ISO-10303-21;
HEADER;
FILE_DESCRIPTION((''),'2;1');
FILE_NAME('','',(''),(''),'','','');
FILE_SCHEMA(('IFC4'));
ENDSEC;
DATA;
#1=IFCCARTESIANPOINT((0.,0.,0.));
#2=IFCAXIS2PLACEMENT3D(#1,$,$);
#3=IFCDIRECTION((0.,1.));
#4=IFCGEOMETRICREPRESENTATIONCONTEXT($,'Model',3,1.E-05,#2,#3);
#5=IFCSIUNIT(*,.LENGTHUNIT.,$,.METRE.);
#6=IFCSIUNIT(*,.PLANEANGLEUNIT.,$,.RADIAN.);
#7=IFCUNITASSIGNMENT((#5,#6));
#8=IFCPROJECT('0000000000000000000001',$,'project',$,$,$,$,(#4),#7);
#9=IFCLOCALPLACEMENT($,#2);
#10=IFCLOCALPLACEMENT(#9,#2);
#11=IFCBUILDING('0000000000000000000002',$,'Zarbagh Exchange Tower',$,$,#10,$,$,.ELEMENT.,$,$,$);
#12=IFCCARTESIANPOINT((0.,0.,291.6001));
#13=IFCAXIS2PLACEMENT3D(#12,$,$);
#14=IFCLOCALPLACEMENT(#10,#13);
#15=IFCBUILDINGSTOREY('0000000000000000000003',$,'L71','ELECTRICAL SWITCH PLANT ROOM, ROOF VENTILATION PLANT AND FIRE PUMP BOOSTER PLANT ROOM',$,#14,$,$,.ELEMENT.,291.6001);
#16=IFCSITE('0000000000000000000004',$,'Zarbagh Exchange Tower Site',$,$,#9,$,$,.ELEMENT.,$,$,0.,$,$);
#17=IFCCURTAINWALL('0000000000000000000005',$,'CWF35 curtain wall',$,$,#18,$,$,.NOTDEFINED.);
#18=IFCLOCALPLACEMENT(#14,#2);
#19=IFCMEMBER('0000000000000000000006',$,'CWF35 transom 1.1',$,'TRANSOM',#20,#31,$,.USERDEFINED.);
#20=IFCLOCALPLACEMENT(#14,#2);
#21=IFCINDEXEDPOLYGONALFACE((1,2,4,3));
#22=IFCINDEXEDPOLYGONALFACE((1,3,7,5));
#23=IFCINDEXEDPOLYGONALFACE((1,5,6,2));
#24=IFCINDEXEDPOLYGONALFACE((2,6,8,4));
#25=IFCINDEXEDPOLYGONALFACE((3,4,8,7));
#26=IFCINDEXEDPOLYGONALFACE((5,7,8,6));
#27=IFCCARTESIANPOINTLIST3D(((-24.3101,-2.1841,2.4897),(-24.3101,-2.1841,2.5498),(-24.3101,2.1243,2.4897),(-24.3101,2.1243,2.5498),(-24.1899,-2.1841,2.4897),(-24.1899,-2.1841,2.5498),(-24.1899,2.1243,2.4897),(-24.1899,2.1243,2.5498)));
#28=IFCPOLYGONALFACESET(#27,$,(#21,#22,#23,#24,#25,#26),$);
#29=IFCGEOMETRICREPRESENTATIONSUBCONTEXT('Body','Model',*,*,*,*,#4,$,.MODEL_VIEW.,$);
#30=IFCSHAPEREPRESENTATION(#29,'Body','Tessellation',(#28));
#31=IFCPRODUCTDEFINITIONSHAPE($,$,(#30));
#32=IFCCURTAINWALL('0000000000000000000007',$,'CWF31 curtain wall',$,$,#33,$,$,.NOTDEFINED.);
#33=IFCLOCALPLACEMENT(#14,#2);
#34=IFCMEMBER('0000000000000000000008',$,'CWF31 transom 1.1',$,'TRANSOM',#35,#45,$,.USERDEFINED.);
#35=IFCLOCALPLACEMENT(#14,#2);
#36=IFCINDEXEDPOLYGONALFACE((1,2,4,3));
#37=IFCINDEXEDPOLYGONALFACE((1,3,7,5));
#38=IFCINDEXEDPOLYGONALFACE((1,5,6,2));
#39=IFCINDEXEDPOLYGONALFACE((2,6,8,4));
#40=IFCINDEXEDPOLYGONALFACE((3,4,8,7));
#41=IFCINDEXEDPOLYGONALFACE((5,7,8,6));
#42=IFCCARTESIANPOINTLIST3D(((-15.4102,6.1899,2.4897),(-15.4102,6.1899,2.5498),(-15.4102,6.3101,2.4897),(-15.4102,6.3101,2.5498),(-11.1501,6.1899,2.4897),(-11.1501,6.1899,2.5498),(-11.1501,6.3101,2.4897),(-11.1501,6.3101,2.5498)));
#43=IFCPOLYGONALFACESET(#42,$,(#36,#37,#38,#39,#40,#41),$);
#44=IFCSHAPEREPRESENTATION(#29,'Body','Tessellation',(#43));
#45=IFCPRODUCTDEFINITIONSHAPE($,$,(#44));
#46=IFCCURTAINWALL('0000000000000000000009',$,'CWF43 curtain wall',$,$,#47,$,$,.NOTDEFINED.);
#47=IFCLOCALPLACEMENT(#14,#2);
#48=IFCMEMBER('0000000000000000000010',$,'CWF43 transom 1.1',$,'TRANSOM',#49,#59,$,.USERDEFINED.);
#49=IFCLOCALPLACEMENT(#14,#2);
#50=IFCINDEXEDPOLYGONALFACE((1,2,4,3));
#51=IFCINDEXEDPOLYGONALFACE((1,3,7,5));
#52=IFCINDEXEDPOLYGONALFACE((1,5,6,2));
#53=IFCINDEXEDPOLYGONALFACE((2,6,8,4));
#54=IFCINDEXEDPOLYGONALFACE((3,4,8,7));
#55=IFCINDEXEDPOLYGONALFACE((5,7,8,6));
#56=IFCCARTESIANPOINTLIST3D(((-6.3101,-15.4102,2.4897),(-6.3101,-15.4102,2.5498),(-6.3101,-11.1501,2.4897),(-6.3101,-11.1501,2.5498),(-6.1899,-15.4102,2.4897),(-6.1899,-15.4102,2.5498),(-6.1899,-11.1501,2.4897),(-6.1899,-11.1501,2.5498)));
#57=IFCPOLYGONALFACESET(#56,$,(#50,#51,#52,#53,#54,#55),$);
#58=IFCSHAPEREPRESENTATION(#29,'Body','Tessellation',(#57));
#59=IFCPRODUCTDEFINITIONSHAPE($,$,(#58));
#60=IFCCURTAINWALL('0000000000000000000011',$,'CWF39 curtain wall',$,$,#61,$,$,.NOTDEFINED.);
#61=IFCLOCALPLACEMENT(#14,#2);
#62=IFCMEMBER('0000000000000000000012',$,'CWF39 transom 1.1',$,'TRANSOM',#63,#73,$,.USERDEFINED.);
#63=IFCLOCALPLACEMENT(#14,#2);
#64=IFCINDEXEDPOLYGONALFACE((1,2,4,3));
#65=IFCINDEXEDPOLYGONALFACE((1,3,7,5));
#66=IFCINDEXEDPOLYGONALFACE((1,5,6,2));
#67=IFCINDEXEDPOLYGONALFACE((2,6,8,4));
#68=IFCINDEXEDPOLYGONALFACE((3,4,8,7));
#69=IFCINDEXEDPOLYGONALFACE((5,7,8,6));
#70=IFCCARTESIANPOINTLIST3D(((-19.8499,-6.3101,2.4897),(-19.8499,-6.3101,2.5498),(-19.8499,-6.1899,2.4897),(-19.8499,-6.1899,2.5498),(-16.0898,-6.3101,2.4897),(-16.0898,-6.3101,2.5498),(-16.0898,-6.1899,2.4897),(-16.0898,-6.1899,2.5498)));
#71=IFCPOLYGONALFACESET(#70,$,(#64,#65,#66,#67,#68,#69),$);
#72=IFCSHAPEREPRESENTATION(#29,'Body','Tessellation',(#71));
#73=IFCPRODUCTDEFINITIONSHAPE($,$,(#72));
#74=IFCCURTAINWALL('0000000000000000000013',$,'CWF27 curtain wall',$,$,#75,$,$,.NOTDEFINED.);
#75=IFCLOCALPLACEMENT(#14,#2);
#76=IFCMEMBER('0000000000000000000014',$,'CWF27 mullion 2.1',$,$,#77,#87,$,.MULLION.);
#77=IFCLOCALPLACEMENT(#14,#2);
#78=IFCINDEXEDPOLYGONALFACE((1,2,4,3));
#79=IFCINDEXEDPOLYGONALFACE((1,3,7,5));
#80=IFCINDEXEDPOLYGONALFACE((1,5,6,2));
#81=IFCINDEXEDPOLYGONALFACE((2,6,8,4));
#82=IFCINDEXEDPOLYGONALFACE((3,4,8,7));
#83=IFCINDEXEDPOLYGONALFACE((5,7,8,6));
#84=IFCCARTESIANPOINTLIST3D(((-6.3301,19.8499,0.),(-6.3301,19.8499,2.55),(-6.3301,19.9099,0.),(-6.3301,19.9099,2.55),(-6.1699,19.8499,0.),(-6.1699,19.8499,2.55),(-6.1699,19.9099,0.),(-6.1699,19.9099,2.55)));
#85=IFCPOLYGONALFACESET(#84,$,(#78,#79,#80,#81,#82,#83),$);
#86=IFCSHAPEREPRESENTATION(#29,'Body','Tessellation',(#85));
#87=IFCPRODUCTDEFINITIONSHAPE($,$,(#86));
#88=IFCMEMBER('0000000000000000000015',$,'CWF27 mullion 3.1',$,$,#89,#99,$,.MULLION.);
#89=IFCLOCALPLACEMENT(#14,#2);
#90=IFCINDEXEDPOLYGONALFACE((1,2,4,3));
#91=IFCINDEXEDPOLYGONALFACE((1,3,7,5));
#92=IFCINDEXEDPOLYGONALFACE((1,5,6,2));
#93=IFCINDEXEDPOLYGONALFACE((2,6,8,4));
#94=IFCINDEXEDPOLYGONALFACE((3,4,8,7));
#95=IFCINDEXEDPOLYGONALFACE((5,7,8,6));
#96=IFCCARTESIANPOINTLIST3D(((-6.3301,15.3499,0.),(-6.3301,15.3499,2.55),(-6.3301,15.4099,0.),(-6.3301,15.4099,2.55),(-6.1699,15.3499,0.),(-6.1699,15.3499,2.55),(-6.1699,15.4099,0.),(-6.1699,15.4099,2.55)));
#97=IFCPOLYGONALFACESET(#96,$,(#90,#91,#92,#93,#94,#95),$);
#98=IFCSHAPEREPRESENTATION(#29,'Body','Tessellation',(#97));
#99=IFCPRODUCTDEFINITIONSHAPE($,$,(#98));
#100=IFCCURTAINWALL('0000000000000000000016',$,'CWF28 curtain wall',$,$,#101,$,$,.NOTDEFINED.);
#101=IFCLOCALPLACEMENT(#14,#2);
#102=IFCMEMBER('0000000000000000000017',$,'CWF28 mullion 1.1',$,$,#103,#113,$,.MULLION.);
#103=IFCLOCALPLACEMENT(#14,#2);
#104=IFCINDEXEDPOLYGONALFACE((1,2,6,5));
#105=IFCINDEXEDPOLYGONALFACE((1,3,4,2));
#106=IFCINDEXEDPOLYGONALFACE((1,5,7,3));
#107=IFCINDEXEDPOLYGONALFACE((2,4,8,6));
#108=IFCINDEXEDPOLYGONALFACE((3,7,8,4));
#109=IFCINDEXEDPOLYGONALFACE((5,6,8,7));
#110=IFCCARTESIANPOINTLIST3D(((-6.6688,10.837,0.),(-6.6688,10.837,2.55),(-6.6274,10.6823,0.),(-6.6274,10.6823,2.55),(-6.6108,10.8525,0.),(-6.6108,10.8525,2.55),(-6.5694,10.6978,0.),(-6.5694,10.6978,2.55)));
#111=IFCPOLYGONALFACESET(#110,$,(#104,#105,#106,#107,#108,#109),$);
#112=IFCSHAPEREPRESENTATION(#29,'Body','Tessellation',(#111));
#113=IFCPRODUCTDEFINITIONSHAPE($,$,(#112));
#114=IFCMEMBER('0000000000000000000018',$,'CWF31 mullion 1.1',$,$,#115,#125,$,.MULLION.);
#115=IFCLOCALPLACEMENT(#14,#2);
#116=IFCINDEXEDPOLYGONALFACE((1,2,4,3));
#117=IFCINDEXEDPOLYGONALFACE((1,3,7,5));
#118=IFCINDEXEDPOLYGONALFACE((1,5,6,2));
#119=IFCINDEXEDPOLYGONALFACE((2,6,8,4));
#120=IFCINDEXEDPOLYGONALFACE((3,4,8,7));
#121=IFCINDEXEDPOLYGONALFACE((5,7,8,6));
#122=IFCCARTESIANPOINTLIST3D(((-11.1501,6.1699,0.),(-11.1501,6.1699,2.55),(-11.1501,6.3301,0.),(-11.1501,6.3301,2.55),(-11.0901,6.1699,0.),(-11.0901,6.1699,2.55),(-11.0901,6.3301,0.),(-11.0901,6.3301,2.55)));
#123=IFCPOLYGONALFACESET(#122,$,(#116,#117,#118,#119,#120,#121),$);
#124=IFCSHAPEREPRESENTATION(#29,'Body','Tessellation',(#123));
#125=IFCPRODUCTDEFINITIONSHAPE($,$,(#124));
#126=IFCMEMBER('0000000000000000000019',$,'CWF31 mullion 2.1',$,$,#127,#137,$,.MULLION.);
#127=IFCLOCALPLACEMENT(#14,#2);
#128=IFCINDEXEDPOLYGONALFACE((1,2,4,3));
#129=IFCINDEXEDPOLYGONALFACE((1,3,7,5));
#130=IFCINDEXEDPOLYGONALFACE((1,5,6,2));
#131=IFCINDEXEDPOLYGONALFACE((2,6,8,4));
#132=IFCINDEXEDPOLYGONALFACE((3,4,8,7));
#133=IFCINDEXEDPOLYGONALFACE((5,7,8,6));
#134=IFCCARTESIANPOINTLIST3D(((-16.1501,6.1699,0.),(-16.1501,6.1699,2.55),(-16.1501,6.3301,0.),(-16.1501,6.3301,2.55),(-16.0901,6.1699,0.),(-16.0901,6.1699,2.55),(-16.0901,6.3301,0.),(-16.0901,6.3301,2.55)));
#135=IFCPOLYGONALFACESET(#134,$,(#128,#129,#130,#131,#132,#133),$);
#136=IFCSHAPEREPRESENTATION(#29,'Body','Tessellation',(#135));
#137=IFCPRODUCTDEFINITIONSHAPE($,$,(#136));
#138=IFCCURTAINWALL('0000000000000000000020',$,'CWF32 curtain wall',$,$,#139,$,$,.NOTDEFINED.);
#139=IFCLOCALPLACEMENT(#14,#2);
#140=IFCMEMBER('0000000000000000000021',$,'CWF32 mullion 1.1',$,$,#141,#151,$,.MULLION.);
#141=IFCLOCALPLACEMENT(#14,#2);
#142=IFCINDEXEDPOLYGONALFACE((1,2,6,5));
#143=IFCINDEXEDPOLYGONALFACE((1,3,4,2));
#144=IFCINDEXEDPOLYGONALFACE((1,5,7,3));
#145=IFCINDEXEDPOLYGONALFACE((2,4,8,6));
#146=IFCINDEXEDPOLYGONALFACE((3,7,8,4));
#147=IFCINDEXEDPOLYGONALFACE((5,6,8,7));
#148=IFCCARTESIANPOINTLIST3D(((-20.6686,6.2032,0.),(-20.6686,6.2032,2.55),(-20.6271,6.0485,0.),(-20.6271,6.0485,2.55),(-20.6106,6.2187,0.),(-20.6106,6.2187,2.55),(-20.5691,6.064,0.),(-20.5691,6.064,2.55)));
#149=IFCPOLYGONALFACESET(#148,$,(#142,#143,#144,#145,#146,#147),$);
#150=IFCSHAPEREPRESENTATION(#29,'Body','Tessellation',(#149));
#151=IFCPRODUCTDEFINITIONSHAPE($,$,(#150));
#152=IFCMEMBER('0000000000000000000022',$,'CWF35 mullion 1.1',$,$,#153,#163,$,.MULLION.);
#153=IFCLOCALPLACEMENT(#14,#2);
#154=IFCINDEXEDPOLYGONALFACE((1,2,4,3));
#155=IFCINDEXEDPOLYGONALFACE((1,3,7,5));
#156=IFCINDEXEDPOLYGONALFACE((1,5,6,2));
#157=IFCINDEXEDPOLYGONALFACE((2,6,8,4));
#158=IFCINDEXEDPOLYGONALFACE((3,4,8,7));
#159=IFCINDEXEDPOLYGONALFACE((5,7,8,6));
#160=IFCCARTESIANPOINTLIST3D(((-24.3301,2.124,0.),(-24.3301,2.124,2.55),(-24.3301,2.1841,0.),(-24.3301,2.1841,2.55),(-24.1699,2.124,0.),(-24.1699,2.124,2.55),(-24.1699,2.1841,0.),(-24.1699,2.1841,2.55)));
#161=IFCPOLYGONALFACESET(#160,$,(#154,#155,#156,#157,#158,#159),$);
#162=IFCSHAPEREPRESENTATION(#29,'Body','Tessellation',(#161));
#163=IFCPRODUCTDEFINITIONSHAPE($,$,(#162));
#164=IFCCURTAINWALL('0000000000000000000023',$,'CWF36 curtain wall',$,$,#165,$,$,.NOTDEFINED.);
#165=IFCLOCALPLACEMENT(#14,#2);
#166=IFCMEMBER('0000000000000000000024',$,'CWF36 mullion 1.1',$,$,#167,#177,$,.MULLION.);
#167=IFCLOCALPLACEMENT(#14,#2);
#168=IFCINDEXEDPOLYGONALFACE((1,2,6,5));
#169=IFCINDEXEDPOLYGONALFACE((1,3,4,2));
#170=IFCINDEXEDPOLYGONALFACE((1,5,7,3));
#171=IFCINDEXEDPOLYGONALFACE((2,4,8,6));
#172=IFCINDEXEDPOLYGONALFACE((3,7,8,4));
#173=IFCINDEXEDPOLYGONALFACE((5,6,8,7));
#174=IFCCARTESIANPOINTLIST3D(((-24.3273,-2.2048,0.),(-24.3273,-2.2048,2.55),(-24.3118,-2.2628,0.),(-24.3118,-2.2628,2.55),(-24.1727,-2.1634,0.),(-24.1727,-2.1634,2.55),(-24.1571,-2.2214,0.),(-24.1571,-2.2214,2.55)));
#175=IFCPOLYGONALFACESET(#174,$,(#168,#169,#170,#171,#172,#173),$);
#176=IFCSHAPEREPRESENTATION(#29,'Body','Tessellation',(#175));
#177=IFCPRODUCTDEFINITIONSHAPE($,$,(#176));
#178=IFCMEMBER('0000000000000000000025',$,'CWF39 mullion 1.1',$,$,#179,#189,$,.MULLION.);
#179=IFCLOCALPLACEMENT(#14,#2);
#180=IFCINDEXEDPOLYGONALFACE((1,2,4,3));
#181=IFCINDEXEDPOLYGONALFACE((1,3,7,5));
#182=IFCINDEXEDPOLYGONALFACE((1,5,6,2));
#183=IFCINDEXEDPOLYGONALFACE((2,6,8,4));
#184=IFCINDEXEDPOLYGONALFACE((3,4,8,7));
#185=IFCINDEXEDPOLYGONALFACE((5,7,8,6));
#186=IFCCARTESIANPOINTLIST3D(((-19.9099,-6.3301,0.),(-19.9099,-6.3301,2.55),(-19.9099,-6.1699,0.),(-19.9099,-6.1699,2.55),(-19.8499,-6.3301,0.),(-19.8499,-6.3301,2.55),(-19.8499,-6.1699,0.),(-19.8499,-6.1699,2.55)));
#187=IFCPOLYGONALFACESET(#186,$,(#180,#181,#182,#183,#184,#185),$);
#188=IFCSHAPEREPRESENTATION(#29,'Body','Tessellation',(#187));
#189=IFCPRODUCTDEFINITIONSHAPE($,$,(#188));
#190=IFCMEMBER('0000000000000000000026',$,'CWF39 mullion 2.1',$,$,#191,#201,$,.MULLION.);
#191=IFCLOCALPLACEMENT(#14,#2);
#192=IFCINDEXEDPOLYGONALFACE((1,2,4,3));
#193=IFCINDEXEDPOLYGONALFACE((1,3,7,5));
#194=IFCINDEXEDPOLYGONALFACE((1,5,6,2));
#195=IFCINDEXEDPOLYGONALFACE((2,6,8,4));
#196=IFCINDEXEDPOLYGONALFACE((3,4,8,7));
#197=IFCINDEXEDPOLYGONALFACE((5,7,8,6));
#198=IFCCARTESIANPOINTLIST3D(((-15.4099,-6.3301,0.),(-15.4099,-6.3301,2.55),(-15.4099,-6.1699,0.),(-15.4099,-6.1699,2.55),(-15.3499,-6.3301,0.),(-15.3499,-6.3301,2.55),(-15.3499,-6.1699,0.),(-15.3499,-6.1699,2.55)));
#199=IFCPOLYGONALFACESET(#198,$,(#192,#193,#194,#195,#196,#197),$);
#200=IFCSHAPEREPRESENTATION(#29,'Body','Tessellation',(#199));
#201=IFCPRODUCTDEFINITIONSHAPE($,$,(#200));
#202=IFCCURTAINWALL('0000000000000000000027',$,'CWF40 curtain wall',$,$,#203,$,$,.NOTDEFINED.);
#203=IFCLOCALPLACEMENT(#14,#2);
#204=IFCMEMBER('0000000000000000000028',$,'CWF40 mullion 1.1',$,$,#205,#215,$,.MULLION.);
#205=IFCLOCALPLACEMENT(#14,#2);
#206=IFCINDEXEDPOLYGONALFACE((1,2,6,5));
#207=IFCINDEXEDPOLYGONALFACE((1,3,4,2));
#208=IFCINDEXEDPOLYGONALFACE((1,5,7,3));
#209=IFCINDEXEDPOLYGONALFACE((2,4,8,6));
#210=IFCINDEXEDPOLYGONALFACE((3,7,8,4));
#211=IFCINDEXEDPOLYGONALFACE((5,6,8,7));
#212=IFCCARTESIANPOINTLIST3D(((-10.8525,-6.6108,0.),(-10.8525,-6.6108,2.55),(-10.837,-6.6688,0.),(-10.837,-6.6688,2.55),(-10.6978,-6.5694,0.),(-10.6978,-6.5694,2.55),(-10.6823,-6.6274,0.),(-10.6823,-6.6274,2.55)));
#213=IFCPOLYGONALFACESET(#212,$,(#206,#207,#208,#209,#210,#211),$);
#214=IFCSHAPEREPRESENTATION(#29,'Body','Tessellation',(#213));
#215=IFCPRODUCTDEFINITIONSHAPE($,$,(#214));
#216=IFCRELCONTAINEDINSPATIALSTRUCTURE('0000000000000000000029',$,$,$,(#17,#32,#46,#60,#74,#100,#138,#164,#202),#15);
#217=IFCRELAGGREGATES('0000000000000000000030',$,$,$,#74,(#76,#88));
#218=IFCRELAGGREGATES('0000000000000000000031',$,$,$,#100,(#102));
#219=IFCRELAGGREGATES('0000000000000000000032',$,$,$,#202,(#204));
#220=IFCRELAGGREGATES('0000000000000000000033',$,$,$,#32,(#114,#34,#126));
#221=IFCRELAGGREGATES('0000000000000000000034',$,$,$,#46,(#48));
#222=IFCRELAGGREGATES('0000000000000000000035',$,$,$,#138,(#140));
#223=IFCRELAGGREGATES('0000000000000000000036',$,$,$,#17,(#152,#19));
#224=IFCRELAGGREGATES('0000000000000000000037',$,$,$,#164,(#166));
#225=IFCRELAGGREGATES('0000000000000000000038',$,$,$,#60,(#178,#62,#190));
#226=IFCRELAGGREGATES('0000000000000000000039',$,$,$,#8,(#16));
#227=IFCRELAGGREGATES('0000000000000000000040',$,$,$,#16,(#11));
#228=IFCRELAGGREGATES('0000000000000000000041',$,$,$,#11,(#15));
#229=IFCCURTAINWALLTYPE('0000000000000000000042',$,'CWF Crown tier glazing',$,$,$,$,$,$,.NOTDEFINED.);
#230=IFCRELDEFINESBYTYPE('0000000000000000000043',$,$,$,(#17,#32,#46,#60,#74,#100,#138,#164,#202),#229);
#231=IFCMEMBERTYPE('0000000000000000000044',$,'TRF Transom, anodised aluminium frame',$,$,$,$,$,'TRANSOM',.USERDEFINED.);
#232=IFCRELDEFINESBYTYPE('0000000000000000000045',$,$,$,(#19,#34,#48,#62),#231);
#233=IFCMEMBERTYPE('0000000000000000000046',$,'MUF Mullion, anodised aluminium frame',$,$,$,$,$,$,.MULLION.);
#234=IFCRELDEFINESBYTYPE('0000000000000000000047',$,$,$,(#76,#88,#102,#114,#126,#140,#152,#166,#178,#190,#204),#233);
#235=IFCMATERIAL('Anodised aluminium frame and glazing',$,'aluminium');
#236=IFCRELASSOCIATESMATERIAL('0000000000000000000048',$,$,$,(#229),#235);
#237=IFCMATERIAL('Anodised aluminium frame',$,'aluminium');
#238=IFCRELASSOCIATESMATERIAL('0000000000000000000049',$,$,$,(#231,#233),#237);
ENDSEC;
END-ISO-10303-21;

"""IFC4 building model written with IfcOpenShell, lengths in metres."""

from ifc_helpers import new_model, si_unit, direction, frame, origin, place, context, subcontext, project, spatial, polyline, outline, extrude, source, transform, mapped, material, type_object, element, aggregate, save


model = new_model("IFC4")

# Units and contexts
model_context = context("Model", 3, precision=1e-05, world=origin(), true_north=direction((0.0, 1.0)))
body_context = subcontext(model_context, "Body", "Model", "MODEL_VIEW")
ifc_project = project(units=[si_unit("LENGTHUNIT", "METRE"), si_unit("PLANEANGLEUNIT", "RADIAN")], contexts=[model_context])

# Site, building, storey
site_placement = place(None, origin())
site = spatial("IfcSite", under=ifc_project, at=site_placement, Name="Zarbagh Exchange Tower Site", CompositionType="ELEMENT", RefElevation=0.0)
building_placement = place(site_placement, origin())
building = spatial("IfcBuilding", under=site, at=building_placement, Name="Zarbagh Exchange Tower", CompositionType="ELEMENT")
storey_placement = place(building_placement, frame((0.0, 0.0, 291.6001)))
storey = spatial("IfcBuildingStorey", under=building, at=storey_placement, Name="L71", Description="ELECTRICAL SWITCH PLANT ROOM, ROOF VENTILATION PLANT AND FIRE PUMP BOOSTER PLANT ROOM", CompositionType="ELEMENT", Elevation=291.6001)

# Curtain walls, members
ifc_material_1 = material(Name="Anodised aluminium frame and glazing", Category="aluminium")
curtain_wall_type = type_object("IfcCurtainWallType", Name="CWF Crown tier glazing", PredefinedType="NOTDEFINED", material=ifc_material_1)
curtain_wall_1_placement = place(storey_placement, origin())
curtain_wall_1 = element("IfcCurtainWall", 1, at=curtain_wall_1_placement, inside=storey, type_object=curtain_wall_type, Name="CWF35 curtain wall", PredefinedType="NOTDEFINED")
ifc_material_2 = material(Name="Anodised aluminium frame", Category="aluminium")
member_type_1 = type_object("IfcMemberType", Name="TRF Transom, anodised aluminium frame", ElementType="TRANSOM", PredefinedType="USERDEFINED", material=ifc_material_2)
shared_shape_1 = source(origin(), body_context, "Body", "SweptSolid", [
    extrude(outline(polyline([(-0.0601, -0.0601), (0.0, -0.0601), (0.0, 0.0601), (-0.0601, 0.0601), (-0.0601, -0.0601)])), origin(), (0.0, 0.0, 1.0), 4.3083),
])
placement = place(storey_placement, origin())
member_1 = element("IfcMember", 2, at=placement, type_object=member_type_1, Name="CWF35 transom 1.1", ObjectType="TRANSOM", PredefinedType="USERDEFINED", context=body_context, shape_type="MappedRepresentation", body=[
    mapped(shared_shape_1, transform((-24.25, 2.1243, 2.5498), x_axis=(0.0, 0.0, 1.0), y_axis=(-1.0, 0.0, 0.0), z_axis=(0.0, -1.0, 0.0))),
])
curtain_wall_2_placement = place(storey_placement, origin())
curtain_wall_2 = element("IfcCurtainWall", 3, at=curtain_wall_2_placement, inside=storey, type_object=curtain_wall_type, Name="CWF31 curtain wall", PredefinedType="NOTDEFINED")
shared_shape_2 = source(origin(), body_context, "Body", "SweptSolid", [
    extrude(outline(polyline([(-0.0601, -0.0601), (0.0, -0.0601), (0.0, 0.0601), (-0.0601, 0.0601), (-0.0601, -0.0601)])), origin(), (0.0, 0.0, 1.0), 4.26),
])
member_2 = element("IfcMember", 4, at=placement, type_object=member_type_1, Name="CWF31 transom 1.1", ObjectType="TRANSOM", PredefinedType="USERDEFINED", context=body_context, shape_type="MappedRepresentation", body=[
    mapped(shared_shape_2, transform((-11.1501, 6.25, 2.5498), x_axis=(0.0, 0.0, 1.0), y_axis=(0.0, 1.0, 0.0), z_axis=(-1.0, 0.0, 0.0))),
])
curtain_wall_3_placement = place(storey_placement, origin())
curtain_wall_3 = element("IfcCurtainWall", 5, at=curtain_wall_3_placement, inside=storey, type_object=curtain_wall_type, Name="CWF43 curtain wall", PredefinedType="NOTDEFINED")
member_3 = element("IfcMember", 6, at=placement, type_object=member_type_1, Name="CWF43 transom 1.1", ObjectType="TRANSOM", PredefinedType="USERDEFINED", context=body_context, shape_type="MappedRepresentation", body=[
    mapped(shared_shape_2, transform((-6.25, -11.1501, 2.5498), x_axis=(0.0, 0.0, 1.0), y_axis=(-1.0, 0.0, 0.0), z_axis=(0.0, -1.0, 0.0))),
])
curtain_wall_4_placement = place(storey_placement, origin())
curtain_wall_4 = element("IfcCurtainWall", 7, at=curtain_wall_4_placement, inside=storey, type_object=curtain_wall_type, Name="CWF39 curtain wall", PredefinedType="NOTDEFINED")
shared_shape_3 = source(origin(), body_context, "Body", "SweptSolid", [
    extrude(outline(polyline([(-0.0601, -0.0601), (0.0, -0.0601), (0.0, 0.0601), (-0.0601, 0.0601), (-0.0601, -0.0601)])), origin(), (0.0, 0.0, 1.0), 3.76),
])
member_4 = element("IfcMember", 8, at=placement, type_object=member_type_1, Name="CWF39 transom 1.1", ObjectType="TRANSOM", PredefinedType="USERDEFINED", context=body_context, shape_type="MappedRepresentation", body=[
    mapped(shared_shape_3, transform((-19.8499, -6.25, 2.5498), x_axis=(0.0, 0.0, 1.0), y_axis=(0.0, -1.0, 0.0), z_axis=(1.0, 0.0, 0.0))),
])

# Curtain wall, members
curtain_wall_5_placement = place(storey_placement, origin())
curtain_wall_5 = element("IfcCurtainWall", 9, at=curtain_wall_5_placement, inside=storey, type_object=curtain_wall_type, Name="CWF27 curtain wall", PredefinedType="NOTDEFINED")
member_type_2 = type_object("IfcMemberType", Name="MUF Mullion, anodised aluminium frame", PredefinedType="MULLION", material=ifc_material_2)
shared_shape_4 = source(origin(), body_context, "Body", "SweptSolid", [
    extrude(outline(polyline([(0.0, -0.0801), (0.0601, -0.0801), (0.0601, 0.0801), (0.0, 0.0801), (0.0, -0.0801)])), origin(), (0.0, 0.0, 1.0), 2.55),
])
member_5 = element("IfcMember", 10, at=placement, type_object=member_type_2, Name="CWF27 mullion 2.1", PredefinedType="MULLION", context=body_context, shape_type="MappedRepresentation", body=[
    mapped(shared_shape_4, transform((-6.25, 19.9099, 0.0), x_axis=(0.0, -1.0, 0.0), y_axis=(1.0, 0.0, 0.0), z_axis=(0.0, 0.0, 1.0))),
])
member_6 = element("IfcMember", 11, at=placement, type_object=member_type_2, Name="CWF27 mullion 3.1", PredefinedType="MULLION", context=body_context, shape_type="MappedRepresentation", body=[
    mapped(shared_shape_4, transform((-6.25, 15.4099, 0.0), x_axis=(0.0, -1.0, 0.0), y_axis=(1.0, 0.0, 0.0), z_axis=(0.0, 0.0, 1.0))),
])

# Curtain wall, member
curtain_wall_6_placement = place(storey_placement, origin())
curtain_wall_6 = element("IfcCurtainWall", 12, at=curtain_wall_6_placement, inside=storey, type_object=curtain_wall_type, Name="CWF28 curtain wall", PredefinedType="NOTDEFINED")
member_7 = element("IfcMember", 13, at=placement, type_object=member_type_2, Name="CWF28 mullion 1.1", PredefinedType="MULLION", context=body_context, shape_type="MappedRepresentation", body=[
    mapped(shared_shape_4, transform((-6.5901, 10.7751, 0.0), x_axis=(-0.965924, -0.258825, 0.0), y_axis=(0.258825, -0.965924, 0.0), z_axis=(0.0, 0.0, 1.0))),
])

# Members
member_8 = element("IfcMember", 14, at=placement, type_object=member_type_2, Name="CWF31 mullion 1.1", PredefinedType="MULLION", context=body_context, shape_type="MappedRepresentation", body=[
    mapped(shared_shape_4, transform((-11.0901, 6.25, 0.0), x_axis=(-1.0, 0.0, 0.0), y_axis=(0.0, -1.0, 0.0), z_axis=(0.0, 0.0, 1.0))),
])
member_9 = element("IfcMember", 15, at=placement, type_object=member_type_2, Name="CWF31 mullion 2.1", PredefinedType="MULLION", context=body_context, shape_type="MappedRepresentation", body=[
    mapped(shared_shape_4, transform((-16.0901, 6.25, 0.0), x_axis=(-1.0, 0.0, 0.0), y_axis=(0.0, -1.0, 0.0), z_axis=(0.0, 0.0, 1.0))),
])

# Curtain wall, member
curtain_wall_7_placement = place(storey_placement, origin())
curtain_wall_7 = element("IfcCurtainWall", 16, at=curtain_wall_7_placement, inside=storey, type_object=curtain_wall_type, Name="CWF32 curtain wall", PredefinedType="NOTDEFINED")
member_10 = element("IfcMember", 17, at=placement, type_object=member_type_2, Name="CWF32 mullion 1.1", PredefinedType="MULLION", context=body_context, shape_type="MappedRepresentation", body=[
    mapped(shared_shape_4, transform((-20.5898, 6.1414, 0.0), x_axis=(-0.965924, -0.258825, 0.0), y_axis=(0.258825, -0.965924, 0.0), z_axis=(0.0, 0.0, 1.0))),
])

# Member
member_11 = element("IfcMember", 18, at=placement, type_object=member_type_2, Name="CWF35 mullion 1.1", PredefinedType="MULLION", context=body_context, shape_type="MappedRepresentation", body=[
    mapped(shared_shape_4, transform((-24.25, 2.1841, 0.0), x_axis=(0.0, -1.0, 0.0), y_axis=(1.0, 0.0, 0.0), z_axis=(0.0, 0.0, 1.0))),
])

# Curtain wall, member
curtain_wall_8_placement = place(storey_placement, origin())
curtain_wall_8 = element("IfcCurtainWall", 19, at=curtain_wall_8_placement, inside=storey, type_object=curtain_wall_type, Name="CWF36 curtain wall", PredefinedType="NOTDEFINED")
member_12 = element("IfcMember", 20, at=placement, type_object=member_type_2, Name="CWF36 mullion 1.1", PredefinedType="MULLION", context=body_context, shape_type="MappedRepresentation", body=[
    mapped(shared_shape_4, transform((-24.25, -2.1841, 0.0), x_axis=(0.258825, -0.965924, 0.0), y_axis=(0.965924, 0.258825, 0.0), z_axis=(0.0, 0.0, 1.0))),
])

# Members
member_13 = element("IfcMember", 21, at=placement, type_object=member_type_2, Name="CWF39 mullion 1.1", PredefinedType="MULLION", context=body_context, shape_type="MappedRepresentation", body=[
    mapped(shared_shape_4, transform((-19.9099, -6.25, 0.0), x_axis=(1.0, 0.0, 0.0), y_axis=(0.0, 1.0, 0.0), z_axis=(0.0, 0.0, 1.0))),
])
member_14 = element("IfcMember", 22, at=placement, type_object=member_type_2, Name="CWF39 mullion 2.1", PredefinedType="MULLION", context=body_context, shape_type="MappedRepresentation", body=[
    mapped(shared_shape_4, transform((-15.4099, -6.25, 0.0), x_axis=(1.0, 0.0, 0.0), y_axis=(0.0, 1.0, 0.0), z_axis=(0.0, 0.0, 1.0))),
])

# Curtain wall, member
curtain_wall_9_placement = place(storey_placement, origin())
curtain_wall_9 = element("IfcCurtainWall", 23, at=curtain_wall_9_placement, inside=storey, type_object=curtain_wall_type, Name="CWF40 curtain wall", PredefinedType="NOTDEFINED")
member_15 = element("IfcMember", 24, at=placement, type_object=member_type_2, Name="CWF40 mullion 1.1", PredefinedType="MULLION", context=body_context, shape_type="MappedRepresentation", body=[
    mapped(shared_shape_4, transform((-10.7751, -6.5901, 0.0), x_axis=(0.258825, -0.965924, 0.0), y_axis=(0.965924, 0.258825, 0.0), z_axis=(0.0, 0.0, 1.0))),
])

aggregate(curtain_wall_5, [member_5, member_6])
aggregate(curtain_wall_6, [member_7])
aggregate(curtain_wall_9, [member_15])

aggregate(curtain_wall_2, [member_8, member_2, member_9])
aggregate(curtain_wall_3, [member_3])
aggregate(curtain_wall_7, [member_10])

aggregate(curtain_wall_1, [member_11, member_1])
aggregate(curtain_wall_8, [member_12])

aggregate(curtain_wall_4, [member_13, member_4, member_14])

save(model, "model.ifc")
